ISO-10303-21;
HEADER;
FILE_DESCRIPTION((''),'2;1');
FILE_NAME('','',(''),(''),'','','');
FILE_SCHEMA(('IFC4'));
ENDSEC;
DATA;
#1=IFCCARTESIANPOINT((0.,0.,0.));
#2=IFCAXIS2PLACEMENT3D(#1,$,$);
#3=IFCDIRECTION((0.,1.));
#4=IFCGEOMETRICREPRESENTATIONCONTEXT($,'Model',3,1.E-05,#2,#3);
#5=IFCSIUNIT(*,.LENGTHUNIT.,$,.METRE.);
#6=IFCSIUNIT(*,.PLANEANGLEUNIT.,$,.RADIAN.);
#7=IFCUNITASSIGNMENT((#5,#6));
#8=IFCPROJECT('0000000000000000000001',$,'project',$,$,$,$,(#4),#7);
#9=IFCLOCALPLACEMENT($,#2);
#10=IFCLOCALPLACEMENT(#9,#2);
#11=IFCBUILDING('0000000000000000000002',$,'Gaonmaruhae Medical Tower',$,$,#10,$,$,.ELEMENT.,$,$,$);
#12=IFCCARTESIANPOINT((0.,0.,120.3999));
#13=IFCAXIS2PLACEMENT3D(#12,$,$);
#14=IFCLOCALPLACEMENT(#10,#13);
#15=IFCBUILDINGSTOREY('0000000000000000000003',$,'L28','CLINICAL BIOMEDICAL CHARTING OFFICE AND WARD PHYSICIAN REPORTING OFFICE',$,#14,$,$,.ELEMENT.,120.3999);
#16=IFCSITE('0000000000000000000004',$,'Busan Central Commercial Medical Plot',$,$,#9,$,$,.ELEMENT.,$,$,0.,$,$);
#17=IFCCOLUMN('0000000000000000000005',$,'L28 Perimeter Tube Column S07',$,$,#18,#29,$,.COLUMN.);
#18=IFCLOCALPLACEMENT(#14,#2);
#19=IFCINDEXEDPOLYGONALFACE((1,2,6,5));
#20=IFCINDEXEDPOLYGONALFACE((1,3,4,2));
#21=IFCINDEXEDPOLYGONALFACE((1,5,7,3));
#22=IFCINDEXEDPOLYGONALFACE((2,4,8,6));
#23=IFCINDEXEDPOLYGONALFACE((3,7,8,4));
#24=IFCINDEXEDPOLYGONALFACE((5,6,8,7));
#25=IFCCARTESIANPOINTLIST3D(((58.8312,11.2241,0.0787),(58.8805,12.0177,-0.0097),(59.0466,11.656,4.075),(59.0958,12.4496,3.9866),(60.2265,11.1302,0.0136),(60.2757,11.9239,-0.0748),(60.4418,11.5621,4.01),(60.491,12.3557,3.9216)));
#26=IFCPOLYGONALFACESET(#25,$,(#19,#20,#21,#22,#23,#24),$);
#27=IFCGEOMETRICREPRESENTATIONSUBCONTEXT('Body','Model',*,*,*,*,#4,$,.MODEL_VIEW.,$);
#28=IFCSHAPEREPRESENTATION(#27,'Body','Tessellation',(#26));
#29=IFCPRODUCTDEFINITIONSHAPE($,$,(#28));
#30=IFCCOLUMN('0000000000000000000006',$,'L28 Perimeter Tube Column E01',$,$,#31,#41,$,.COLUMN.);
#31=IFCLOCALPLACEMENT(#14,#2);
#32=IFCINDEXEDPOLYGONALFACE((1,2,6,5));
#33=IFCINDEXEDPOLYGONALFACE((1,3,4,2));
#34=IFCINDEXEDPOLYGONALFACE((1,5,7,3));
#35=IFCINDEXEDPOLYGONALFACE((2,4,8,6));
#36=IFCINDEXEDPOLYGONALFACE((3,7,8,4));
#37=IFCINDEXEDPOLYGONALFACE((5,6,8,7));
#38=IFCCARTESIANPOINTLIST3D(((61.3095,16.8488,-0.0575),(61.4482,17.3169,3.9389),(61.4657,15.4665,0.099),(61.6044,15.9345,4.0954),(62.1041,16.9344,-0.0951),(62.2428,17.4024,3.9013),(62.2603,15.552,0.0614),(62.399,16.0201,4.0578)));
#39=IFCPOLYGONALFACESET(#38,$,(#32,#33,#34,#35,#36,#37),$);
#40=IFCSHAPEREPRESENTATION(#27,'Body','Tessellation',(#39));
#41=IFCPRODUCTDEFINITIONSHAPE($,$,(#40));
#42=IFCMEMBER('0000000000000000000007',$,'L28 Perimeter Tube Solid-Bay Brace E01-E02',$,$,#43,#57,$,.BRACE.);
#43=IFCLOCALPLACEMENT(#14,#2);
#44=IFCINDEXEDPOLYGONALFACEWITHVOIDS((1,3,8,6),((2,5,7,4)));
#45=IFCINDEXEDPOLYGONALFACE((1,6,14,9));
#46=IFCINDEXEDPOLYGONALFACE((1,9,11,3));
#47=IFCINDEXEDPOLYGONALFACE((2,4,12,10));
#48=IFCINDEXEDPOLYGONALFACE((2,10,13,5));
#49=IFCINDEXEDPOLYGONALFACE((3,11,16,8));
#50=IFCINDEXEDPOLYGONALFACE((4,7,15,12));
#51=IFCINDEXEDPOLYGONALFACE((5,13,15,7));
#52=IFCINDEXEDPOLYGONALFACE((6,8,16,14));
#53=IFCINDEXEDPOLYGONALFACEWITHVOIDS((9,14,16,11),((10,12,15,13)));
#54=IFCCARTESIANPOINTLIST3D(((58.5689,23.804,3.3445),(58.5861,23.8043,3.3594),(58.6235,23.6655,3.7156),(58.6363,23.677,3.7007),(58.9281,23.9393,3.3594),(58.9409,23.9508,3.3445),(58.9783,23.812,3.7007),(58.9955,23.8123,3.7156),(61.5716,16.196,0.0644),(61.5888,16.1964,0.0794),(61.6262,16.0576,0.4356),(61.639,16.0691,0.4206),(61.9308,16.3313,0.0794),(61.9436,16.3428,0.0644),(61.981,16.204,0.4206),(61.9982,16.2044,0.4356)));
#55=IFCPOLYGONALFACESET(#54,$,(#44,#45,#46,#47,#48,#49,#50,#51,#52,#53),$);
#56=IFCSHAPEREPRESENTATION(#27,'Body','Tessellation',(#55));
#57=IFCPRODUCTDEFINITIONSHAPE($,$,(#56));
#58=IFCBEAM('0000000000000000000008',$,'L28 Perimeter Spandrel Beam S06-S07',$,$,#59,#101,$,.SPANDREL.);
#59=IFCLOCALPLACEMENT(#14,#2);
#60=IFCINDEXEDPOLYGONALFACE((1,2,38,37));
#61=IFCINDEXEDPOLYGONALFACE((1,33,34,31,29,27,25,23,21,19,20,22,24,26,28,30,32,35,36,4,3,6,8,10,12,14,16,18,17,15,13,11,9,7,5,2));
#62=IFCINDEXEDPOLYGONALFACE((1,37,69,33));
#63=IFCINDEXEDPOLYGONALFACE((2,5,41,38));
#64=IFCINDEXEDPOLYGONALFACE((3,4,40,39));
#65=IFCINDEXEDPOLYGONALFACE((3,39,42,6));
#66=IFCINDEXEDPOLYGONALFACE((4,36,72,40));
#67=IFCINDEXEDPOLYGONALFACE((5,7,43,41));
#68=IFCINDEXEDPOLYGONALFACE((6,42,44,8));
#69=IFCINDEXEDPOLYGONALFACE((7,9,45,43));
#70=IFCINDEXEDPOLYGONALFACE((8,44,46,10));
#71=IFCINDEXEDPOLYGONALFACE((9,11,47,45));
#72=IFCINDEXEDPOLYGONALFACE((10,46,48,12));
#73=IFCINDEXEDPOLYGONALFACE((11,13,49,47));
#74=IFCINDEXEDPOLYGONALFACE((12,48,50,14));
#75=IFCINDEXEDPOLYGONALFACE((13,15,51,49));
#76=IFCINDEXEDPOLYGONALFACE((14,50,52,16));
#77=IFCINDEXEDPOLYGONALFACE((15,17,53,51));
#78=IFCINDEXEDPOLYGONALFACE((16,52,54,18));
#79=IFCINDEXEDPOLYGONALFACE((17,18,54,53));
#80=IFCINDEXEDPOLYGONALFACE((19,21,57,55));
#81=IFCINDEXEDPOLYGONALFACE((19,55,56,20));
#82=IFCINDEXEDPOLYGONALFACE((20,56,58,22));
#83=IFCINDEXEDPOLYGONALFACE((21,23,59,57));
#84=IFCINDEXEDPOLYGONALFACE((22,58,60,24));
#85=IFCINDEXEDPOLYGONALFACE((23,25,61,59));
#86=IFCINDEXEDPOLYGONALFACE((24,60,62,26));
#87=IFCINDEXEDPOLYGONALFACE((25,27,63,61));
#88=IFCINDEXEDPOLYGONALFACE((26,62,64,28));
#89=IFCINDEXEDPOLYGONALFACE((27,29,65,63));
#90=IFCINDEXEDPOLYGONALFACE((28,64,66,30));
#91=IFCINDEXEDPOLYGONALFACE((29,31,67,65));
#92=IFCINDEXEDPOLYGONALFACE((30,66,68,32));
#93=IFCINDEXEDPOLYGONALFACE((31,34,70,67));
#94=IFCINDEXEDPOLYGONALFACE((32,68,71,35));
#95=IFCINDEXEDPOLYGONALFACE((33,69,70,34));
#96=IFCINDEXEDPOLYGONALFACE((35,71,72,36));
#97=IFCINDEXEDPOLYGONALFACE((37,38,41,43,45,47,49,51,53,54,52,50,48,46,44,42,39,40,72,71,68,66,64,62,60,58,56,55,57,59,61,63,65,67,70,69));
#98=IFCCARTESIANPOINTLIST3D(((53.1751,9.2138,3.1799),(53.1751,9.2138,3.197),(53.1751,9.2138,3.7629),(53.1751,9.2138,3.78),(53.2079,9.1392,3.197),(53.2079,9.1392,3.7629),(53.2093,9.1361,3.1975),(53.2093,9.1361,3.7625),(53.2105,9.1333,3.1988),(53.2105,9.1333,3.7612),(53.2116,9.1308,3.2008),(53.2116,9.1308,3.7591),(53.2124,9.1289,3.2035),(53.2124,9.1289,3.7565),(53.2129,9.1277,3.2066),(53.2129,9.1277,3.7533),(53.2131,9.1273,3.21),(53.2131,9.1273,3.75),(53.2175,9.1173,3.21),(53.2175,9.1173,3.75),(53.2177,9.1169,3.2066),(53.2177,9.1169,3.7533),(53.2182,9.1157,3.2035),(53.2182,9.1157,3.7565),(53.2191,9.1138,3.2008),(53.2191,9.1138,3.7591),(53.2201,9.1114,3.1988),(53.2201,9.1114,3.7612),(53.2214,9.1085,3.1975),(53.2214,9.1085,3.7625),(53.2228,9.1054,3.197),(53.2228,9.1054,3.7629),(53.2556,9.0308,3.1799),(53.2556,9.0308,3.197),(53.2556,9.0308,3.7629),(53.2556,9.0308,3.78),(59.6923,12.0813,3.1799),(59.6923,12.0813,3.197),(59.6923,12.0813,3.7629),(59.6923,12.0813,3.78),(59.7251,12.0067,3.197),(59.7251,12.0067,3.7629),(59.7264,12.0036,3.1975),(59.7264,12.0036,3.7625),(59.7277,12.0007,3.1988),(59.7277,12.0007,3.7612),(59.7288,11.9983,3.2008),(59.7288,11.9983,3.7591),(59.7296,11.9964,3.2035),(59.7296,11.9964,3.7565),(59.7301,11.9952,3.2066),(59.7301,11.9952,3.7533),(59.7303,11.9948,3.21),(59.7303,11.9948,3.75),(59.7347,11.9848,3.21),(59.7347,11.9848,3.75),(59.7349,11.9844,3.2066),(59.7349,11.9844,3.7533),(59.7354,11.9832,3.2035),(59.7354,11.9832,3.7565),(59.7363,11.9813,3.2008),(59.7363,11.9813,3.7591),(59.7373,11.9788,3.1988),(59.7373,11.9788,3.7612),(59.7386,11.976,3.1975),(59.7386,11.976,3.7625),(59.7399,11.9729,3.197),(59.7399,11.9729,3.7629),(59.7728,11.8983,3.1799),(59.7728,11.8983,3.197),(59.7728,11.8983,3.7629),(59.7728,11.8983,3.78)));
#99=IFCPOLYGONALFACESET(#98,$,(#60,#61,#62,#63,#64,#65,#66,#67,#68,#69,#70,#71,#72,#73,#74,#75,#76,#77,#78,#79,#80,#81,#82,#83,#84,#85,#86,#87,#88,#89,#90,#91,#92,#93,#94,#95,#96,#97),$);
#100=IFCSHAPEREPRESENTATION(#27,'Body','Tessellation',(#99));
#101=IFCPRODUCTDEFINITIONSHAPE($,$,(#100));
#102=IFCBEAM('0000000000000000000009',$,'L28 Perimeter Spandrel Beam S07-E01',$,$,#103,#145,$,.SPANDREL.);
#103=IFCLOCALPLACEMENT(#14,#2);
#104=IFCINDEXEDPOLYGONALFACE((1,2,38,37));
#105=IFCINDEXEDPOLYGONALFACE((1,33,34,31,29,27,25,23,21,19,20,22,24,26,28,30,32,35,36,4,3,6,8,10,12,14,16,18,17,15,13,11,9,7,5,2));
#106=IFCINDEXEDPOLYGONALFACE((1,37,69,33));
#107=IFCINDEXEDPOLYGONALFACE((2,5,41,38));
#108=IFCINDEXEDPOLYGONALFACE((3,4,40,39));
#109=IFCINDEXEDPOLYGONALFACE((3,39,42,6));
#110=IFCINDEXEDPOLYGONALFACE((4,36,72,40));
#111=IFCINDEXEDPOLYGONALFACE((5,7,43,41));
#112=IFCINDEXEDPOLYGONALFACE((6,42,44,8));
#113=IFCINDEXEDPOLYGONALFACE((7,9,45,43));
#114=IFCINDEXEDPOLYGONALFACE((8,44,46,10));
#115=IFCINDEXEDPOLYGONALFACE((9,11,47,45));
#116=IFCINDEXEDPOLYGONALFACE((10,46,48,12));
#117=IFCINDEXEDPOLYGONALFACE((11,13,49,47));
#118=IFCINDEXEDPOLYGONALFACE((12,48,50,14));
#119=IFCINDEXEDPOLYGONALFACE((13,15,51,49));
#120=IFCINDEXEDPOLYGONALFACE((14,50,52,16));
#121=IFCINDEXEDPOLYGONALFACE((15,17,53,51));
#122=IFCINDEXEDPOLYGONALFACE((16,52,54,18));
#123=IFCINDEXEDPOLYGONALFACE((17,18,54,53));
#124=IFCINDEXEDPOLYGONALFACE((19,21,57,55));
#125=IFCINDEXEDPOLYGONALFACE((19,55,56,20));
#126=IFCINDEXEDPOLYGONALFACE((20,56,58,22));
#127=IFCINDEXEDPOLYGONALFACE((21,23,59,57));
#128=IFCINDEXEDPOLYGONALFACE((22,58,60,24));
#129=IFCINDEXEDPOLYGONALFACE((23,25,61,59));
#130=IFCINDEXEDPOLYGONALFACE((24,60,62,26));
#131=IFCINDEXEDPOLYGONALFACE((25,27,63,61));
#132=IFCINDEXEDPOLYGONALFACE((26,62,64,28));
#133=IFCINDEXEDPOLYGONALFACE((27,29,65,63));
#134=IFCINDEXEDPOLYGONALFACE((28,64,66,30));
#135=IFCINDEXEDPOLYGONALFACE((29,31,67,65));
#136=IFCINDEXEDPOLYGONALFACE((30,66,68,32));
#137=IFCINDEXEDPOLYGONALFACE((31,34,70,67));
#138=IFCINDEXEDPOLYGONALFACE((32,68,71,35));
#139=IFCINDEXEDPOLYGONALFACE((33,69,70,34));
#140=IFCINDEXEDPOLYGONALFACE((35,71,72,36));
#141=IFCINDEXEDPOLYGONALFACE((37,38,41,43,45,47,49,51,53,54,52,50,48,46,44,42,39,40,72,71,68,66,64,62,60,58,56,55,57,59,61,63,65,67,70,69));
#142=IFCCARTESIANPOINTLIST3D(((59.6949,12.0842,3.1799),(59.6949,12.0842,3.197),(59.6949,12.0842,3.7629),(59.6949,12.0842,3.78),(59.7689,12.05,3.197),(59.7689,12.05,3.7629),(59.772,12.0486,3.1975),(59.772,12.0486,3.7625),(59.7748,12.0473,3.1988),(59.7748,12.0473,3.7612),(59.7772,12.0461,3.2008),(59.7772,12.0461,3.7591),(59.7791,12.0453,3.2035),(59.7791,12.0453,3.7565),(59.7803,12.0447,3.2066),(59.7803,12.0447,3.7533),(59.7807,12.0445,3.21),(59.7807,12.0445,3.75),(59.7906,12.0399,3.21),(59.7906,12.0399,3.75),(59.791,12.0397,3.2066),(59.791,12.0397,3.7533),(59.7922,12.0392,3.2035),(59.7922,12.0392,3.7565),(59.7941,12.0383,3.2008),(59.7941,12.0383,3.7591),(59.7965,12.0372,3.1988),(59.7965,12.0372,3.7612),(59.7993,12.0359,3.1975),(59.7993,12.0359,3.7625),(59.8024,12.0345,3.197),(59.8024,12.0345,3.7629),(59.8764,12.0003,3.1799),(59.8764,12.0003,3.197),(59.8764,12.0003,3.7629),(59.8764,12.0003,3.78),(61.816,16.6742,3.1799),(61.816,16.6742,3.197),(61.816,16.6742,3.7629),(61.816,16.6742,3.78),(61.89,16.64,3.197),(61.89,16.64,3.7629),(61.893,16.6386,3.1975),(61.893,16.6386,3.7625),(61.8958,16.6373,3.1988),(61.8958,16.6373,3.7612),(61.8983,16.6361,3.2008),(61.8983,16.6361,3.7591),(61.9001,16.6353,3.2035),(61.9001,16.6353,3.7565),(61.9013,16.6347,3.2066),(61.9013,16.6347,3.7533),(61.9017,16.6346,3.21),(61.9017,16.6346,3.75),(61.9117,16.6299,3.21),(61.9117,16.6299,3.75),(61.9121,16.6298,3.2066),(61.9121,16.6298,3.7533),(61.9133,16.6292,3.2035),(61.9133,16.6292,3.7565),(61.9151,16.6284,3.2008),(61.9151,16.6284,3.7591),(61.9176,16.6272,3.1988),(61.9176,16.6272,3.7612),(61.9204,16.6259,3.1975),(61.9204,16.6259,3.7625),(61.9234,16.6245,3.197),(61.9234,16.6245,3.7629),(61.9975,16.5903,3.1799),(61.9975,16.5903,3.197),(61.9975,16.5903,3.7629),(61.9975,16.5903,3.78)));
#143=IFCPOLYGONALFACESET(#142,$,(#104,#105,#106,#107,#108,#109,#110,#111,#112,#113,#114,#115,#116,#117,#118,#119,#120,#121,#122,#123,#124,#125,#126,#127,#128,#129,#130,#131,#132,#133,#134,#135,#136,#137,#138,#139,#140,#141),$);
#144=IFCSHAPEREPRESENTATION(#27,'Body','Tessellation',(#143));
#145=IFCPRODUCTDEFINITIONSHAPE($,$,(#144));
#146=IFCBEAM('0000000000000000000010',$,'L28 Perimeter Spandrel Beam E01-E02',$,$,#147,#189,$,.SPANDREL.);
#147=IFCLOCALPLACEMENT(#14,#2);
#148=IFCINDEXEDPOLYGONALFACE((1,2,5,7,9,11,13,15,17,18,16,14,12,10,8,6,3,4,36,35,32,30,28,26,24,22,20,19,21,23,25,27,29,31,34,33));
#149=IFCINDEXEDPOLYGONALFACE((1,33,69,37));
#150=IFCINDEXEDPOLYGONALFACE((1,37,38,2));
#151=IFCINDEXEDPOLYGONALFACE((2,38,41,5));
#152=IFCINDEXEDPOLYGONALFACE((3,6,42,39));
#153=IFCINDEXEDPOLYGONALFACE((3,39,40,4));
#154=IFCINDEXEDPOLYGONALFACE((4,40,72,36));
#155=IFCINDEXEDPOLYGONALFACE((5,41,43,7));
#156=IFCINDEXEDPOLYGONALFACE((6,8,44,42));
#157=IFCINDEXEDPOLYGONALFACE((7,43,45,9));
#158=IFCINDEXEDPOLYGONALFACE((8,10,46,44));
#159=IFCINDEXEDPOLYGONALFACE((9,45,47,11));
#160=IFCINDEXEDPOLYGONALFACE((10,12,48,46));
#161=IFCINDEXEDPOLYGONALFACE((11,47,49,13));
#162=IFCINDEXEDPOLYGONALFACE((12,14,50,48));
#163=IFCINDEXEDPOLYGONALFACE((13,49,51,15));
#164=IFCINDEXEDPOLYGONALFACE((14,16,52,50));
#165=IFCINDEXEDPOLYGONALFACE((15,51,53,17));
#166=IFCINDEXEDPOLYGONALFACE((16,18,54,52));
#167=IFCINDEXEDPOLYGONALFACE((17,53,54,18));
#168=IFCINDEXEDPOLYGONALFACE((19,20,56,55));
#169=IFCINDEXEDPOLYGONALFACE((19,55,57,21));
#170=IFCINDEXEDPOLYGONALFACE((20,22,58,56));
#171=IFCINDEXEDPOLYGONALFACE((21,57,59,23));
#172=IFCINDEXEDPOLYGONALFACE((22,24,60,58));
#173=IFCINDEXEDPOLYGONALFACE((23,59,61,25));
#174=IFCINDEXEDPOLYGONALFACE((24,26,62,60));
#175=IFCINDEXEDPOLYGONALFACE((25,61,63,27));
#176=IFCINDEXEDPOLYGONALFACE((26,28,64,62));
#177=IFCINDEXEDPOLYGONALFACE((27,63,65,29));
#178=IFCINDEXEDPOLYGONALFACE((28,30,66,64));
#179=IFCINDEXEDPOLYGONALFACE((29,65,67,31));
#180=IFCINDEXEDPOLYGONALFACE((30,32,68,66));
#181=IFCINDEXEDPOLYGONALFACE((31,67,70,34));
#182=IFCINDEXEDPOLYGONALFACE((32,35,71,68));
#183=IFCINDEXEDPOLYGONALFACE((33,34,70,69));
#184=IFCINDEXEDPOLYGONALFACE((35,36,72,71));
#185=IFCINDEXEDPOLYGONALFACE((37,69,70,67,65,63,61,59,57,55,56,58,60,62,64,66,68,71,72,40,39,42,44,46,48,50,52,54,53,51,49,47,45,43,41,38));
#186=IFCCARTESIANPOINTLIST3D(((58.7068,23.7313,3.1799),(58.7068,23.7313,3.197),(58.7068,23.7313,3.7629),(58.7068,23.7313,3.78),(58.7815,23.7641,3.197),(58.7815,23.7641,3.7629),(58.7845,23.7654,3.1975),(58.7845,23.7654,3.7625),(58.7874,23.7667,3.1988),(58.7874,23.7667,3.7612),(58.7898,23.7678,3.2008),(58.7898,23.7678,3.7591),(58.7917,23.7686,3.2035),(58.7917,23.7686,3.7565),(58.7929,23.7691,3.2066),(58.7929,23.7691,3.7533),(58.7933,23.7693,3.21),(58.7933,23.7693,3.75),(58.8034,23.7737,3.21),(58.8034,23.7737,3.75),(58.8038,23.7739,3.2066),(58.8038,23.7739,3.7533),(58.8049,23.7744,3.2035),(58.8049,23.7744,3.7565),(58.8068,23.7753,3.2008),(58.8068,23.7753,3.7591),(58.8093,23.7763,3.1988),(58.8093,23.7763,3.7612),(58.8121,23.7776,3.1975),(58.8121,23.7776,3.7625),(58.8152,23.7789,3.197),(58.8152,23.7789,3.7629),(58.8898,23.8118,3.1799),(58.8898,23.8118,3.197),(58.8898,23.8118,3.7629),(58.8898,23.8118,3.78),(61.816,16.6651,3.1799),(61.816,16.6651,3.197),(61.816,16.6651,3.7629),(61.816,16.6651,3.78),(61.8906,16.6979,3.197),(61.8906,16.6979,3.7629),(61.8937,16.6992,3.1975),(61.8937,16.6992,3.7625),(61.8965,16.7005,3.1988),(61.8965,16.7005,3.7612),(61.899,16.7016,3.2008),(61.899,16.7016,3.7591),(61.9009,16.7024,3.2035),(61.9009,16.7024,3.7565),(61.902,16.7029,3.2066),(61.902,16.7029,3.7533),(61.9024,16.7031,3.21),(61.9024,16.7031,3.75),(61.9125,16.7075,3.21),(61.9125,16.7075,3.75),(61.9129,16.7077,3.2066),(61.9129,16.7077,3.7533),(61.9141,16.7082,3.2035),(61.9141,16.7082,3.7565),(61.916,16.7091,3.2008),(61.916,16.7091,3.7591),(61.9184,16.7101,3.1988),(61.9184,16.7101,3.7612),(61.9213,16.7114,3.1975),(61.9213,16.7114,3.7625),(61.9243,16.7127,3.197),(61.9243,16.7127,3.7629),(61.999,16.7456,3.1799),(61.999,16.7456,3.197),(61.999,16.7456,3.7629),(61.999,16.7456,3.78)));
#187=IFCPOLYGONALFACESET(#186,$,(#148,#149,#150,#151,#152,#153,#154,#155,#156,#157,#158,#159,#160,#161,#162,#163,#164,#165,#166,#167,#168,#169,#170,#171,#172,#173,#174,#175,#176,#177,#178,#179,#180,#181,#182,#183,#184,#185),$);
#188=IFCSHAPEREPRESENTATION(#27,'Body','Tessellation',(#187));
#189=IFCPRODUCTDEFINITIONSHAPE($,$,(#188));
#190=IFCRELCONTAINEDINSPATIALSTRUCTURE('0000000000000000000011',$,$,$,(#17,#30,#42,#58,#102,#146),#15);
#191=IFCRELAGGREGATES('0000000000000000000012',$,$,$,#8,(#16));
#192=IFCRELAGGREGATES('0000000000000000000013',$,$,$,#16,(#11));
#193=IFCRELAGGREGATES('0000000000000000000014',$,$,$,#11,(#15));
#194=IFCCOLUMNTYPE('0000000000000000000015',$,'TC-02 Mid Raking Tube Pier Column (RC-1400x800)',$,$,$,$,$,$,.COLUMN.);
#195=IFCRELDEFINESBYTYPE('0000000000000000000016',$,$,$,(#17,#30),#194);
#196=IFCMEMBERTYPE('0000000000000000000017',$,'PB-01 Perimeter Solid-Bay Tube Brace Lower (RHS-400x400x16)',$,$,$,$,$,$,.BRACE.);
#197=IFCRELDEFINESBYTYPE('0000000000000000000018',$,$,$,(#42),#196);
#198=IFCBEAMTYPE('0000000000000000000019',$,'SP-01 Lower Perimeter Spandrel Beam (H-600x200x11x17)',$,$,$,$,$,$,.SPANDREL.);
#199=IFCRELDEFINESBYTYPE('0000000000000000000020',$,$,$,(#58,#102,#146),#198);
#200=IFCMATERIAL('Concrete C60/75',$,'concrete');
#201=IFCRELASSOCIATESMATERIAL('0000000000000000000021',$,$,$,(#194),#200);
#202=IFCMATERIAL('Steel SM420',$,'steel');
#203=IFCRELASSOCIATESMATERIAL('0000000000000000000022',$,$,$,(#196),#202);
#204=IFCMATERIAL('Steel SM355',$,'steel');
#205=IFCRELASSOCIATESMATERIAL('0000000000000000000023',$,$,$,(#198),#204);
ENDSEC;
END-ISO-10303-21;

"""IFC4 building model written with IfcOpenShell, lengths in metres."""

from ifc_helpers import new_model, si_unit, direction, frame, origin, origin_2d, place, context, subcontext, project, spatial, rectangle, hollow_rectangle, i_section, extrude, material, material_profile, profile_set, type_object, element, save


model = new_model("IFC4")

# Units and contexts
model_context = context("Model", 3, precision=1e-05, world=origin(), true_north=direction((0.0, 1.0)))
body_context = subcontext(model_context, "Body", "Model", "MODEL_VIEW")
ifc_project = project(units=[si_unit("LENGTHUNIT", "METRE"), si_unit("PLANEANGLEUNIT", "RADIAN")], contexts=[model_context])

# Site, building, storey
site_placement = place(None, origin())
site = spatial("IfcSite", under=ifc_project, at=site_placement, Name="Busan Central Commercial Medical Plot", CompositionType="ELEMENT", RefElevation=0.0)
building_placement = place(site_placement, origin())
building = spatial("IfcBuilding", under=site, at=building_placement, Name="Gaonmaruhae Medical Tower", CompositionType="ELEMENT")
storey_placement = place(building_placement, frame((0.0, 0.0, 120.3999)))
storey = spatial("IfcBuildingStorey", under=building, at=storey_placement, Name="L28", Description="CLINICAL BIOMEDICAL CHARTING OFFICE AND WARD PHYSICIAN REPORTING OFFICE", CompositionType="ELEMENT", Elevation=120.3999)

# Columns
ifc_material_1 = material(Name="Concrete C60/75", Category="concrete")
ifc_material_profile_1 = material_profile(ifc_material_1, rectangle(XDim=1.3999, YDim=0.8, at=origin_2d()), Name="RC-1400x800")
ifc_profile_set_1 = profile_set([ifc_material_profile_1], Name="Concrete C60/75")
column_type = type_object("IfcColumnType", Name="TC-02 Mid Raking Tube Pier Column (RC-1400x800)", PredefinedType="COLUMN", material=ifc_profile_set_1)
column_1_placement = place(storey_placement, frame((59.5535, 11.574, 0.002), z_axis=(0.053494, 0.107291, 0.992788), x_axis=(-0.996668, 0.067038, 0.046458)))
element("IfcColumn", 1, at=column_1_placement, inside=storey, type_object=column_type, Name="L28 Perimeter Tube Column S07", PredefinedType="COLUMN", context=body_context, shape_type="SweptSolid", body=[
    extrude(rectangle(XDim=1.3999, YDim=0.8, at=origin_2d()), origin(), (0.0, 0.0, 1.0), 4.0254),
])
column_2_placement = place(storey_placement, frame((61.7849, 16.2004, 0.002), z_axis=(0.034444, 0.116248, 0.992623), x_axis=(0.111591, -0.987449, 0.11177)))
element("IfcColumn", 2, at=column_2_placement, inside=storey, type_object=column_type, Name="L28 Perimeter Tube Column E01", PredefinedType="COLUMN", context=body_context, shape_type="SweptSolid", body=[
    extrude(rectangle(XDim=1.3999, YDim=0.8, at=origin_2d()), origin(), (0.0, 0.0, 1.0), 4.0261),
])

# Member
ifc_material_2 = material(Name="Steel SM420", Category="steel")
ifc_material_profile_2 = material_profile(ifc_material_2, hollow_rectangle(XDim=0.3999, YDim=0.3999, WallThickness=0.0161, at=origin_2d()), Name="RHS-400x400x16")
ifc_profile_set_2 = profile_set([ifc_material_profile_2], Name="Steel SM420")
member_type = type_object("IfcMemberType", Name="PB-01 Perimeter Solid-Bay Tube Brace Lower (RHS-400x400x16)", PredefinedType="BRACE", material=ifc_profile_set_2)
member_placement = place(storey_placement, frame((61.7849, 16.2002, 0.25), z_axis=(-0.340742, 0.863338, 0.372214), x_axis=(-0.930173, -0.36712, 0.0)))
element("IfcMember", 3, at=member_placement, inside=storey, type_object=member_type, Name="L28 Perimeter Tube Solid-Bay Brace E01-E02", PredefinedType="BRACE", context=body_context, shape_type="SweptSolid", body=[
    extrude(hollow_rectangle(XDim=0.3999, YDim=0.3999, WallThickness=0.0161, at=origin_2d()), origin(), (0.0, 0.0, 1.0), 8.8123),
])

# Beams
ifc_material_3 = material(Name="Steel SM355", Category="steel")
ifc_material_profile_3 = material_profile(ifc_material_3, i_section(OverallWidth=0.2, OverallDepth=0.6001, WebThickness=0.011, FlangeThickness=0.0171, FilletRadius=0.0129, at=origin_2d()), Name="H-600x200x11x17")
ifc_profile_set_3 = profile_set([ifc_material_profile_3], Name="Steel SM355")
beam_type = type_object("IfcBeamType", Name="SP-01 Lower Perimeter Spandrel Beam (H-600x200x11x17)", PredefinedType="SPANDREL", material=ifc_profile_set_3)
beam_1_placement = place(storey_placement, frame((53.2153, 9.1223, 3.48), z_axis=(0.91532, 0.402728, 0.0), x_axis=(-0.402728, 0.91532, 0.0)))
element("IfcBeam", 4, at=beam_1_placement, inside=storey, type_object=beam_type, Name="L28 Perimeter Spandrel Beam S06-S07", PredefinedType="SPANDREL", context=body_context, shape_type="SweptSolid", body=[
    extrude(i_section(OverallWidth=0.2, OverallDepth=0.6001, WebThickness=0.011, FlangeThickness=0.0171, FilletRadius=0.0129, at=origin_2d()), origin(), (0.0, 0.0, 1.0), 7.1201),
])
beam_2_placement = place(storey_placement, frame((59.7856, 12.0422, 3.48), z_axis=(0.419481, 0.907764, 0.0), x_axis=(-0.907764, 0.419481, 0.0)))
element("IfcBeam", 5, at=beam_2_placement, inside=storey, type_object=beam_type, Name="L28 Perimeter Spandrel Beam S07-E01", PredefinedType="SPANDREL", context=body_context, shape_type="SweptSolid", body=[
    extrude(i_section(OverallWidth=0.2, OverallDepth=0.6001, WebThickness=0.011, FlangeThickness=0.0171, FilletRadius=0.0129, at=origin_2d()), origin(), (0.0, 0.0, 1.0), 5.0564),
])
beam_3_placement = place(storey_placement, frame((61.9075, 16.7053, 3.48), z_axis=(-0.402741, 0.915314, 0.0), x_axis=(-0.915314, -0.402741, 0.0)))
element("IfcBeam", 6, at=beam_3_placement, inside=storey, type_object=beam_type, Name="L28 Perimeter Spandrel Beam E01-E02", PredefinedType="SPANDREL", context=body_context, shape_type="SweptSolid", body=[
    extrude(i_section(OverallWidth=0.2, OverallDepth=0.6001, WebThickness=0.011, FlangeThickness=0.0171, FilletRadius=0.0129, at=origin_2d()), origin(), (0.0, 0.0, 1.0), 7.72),
])

save(model, "model.ifc")
